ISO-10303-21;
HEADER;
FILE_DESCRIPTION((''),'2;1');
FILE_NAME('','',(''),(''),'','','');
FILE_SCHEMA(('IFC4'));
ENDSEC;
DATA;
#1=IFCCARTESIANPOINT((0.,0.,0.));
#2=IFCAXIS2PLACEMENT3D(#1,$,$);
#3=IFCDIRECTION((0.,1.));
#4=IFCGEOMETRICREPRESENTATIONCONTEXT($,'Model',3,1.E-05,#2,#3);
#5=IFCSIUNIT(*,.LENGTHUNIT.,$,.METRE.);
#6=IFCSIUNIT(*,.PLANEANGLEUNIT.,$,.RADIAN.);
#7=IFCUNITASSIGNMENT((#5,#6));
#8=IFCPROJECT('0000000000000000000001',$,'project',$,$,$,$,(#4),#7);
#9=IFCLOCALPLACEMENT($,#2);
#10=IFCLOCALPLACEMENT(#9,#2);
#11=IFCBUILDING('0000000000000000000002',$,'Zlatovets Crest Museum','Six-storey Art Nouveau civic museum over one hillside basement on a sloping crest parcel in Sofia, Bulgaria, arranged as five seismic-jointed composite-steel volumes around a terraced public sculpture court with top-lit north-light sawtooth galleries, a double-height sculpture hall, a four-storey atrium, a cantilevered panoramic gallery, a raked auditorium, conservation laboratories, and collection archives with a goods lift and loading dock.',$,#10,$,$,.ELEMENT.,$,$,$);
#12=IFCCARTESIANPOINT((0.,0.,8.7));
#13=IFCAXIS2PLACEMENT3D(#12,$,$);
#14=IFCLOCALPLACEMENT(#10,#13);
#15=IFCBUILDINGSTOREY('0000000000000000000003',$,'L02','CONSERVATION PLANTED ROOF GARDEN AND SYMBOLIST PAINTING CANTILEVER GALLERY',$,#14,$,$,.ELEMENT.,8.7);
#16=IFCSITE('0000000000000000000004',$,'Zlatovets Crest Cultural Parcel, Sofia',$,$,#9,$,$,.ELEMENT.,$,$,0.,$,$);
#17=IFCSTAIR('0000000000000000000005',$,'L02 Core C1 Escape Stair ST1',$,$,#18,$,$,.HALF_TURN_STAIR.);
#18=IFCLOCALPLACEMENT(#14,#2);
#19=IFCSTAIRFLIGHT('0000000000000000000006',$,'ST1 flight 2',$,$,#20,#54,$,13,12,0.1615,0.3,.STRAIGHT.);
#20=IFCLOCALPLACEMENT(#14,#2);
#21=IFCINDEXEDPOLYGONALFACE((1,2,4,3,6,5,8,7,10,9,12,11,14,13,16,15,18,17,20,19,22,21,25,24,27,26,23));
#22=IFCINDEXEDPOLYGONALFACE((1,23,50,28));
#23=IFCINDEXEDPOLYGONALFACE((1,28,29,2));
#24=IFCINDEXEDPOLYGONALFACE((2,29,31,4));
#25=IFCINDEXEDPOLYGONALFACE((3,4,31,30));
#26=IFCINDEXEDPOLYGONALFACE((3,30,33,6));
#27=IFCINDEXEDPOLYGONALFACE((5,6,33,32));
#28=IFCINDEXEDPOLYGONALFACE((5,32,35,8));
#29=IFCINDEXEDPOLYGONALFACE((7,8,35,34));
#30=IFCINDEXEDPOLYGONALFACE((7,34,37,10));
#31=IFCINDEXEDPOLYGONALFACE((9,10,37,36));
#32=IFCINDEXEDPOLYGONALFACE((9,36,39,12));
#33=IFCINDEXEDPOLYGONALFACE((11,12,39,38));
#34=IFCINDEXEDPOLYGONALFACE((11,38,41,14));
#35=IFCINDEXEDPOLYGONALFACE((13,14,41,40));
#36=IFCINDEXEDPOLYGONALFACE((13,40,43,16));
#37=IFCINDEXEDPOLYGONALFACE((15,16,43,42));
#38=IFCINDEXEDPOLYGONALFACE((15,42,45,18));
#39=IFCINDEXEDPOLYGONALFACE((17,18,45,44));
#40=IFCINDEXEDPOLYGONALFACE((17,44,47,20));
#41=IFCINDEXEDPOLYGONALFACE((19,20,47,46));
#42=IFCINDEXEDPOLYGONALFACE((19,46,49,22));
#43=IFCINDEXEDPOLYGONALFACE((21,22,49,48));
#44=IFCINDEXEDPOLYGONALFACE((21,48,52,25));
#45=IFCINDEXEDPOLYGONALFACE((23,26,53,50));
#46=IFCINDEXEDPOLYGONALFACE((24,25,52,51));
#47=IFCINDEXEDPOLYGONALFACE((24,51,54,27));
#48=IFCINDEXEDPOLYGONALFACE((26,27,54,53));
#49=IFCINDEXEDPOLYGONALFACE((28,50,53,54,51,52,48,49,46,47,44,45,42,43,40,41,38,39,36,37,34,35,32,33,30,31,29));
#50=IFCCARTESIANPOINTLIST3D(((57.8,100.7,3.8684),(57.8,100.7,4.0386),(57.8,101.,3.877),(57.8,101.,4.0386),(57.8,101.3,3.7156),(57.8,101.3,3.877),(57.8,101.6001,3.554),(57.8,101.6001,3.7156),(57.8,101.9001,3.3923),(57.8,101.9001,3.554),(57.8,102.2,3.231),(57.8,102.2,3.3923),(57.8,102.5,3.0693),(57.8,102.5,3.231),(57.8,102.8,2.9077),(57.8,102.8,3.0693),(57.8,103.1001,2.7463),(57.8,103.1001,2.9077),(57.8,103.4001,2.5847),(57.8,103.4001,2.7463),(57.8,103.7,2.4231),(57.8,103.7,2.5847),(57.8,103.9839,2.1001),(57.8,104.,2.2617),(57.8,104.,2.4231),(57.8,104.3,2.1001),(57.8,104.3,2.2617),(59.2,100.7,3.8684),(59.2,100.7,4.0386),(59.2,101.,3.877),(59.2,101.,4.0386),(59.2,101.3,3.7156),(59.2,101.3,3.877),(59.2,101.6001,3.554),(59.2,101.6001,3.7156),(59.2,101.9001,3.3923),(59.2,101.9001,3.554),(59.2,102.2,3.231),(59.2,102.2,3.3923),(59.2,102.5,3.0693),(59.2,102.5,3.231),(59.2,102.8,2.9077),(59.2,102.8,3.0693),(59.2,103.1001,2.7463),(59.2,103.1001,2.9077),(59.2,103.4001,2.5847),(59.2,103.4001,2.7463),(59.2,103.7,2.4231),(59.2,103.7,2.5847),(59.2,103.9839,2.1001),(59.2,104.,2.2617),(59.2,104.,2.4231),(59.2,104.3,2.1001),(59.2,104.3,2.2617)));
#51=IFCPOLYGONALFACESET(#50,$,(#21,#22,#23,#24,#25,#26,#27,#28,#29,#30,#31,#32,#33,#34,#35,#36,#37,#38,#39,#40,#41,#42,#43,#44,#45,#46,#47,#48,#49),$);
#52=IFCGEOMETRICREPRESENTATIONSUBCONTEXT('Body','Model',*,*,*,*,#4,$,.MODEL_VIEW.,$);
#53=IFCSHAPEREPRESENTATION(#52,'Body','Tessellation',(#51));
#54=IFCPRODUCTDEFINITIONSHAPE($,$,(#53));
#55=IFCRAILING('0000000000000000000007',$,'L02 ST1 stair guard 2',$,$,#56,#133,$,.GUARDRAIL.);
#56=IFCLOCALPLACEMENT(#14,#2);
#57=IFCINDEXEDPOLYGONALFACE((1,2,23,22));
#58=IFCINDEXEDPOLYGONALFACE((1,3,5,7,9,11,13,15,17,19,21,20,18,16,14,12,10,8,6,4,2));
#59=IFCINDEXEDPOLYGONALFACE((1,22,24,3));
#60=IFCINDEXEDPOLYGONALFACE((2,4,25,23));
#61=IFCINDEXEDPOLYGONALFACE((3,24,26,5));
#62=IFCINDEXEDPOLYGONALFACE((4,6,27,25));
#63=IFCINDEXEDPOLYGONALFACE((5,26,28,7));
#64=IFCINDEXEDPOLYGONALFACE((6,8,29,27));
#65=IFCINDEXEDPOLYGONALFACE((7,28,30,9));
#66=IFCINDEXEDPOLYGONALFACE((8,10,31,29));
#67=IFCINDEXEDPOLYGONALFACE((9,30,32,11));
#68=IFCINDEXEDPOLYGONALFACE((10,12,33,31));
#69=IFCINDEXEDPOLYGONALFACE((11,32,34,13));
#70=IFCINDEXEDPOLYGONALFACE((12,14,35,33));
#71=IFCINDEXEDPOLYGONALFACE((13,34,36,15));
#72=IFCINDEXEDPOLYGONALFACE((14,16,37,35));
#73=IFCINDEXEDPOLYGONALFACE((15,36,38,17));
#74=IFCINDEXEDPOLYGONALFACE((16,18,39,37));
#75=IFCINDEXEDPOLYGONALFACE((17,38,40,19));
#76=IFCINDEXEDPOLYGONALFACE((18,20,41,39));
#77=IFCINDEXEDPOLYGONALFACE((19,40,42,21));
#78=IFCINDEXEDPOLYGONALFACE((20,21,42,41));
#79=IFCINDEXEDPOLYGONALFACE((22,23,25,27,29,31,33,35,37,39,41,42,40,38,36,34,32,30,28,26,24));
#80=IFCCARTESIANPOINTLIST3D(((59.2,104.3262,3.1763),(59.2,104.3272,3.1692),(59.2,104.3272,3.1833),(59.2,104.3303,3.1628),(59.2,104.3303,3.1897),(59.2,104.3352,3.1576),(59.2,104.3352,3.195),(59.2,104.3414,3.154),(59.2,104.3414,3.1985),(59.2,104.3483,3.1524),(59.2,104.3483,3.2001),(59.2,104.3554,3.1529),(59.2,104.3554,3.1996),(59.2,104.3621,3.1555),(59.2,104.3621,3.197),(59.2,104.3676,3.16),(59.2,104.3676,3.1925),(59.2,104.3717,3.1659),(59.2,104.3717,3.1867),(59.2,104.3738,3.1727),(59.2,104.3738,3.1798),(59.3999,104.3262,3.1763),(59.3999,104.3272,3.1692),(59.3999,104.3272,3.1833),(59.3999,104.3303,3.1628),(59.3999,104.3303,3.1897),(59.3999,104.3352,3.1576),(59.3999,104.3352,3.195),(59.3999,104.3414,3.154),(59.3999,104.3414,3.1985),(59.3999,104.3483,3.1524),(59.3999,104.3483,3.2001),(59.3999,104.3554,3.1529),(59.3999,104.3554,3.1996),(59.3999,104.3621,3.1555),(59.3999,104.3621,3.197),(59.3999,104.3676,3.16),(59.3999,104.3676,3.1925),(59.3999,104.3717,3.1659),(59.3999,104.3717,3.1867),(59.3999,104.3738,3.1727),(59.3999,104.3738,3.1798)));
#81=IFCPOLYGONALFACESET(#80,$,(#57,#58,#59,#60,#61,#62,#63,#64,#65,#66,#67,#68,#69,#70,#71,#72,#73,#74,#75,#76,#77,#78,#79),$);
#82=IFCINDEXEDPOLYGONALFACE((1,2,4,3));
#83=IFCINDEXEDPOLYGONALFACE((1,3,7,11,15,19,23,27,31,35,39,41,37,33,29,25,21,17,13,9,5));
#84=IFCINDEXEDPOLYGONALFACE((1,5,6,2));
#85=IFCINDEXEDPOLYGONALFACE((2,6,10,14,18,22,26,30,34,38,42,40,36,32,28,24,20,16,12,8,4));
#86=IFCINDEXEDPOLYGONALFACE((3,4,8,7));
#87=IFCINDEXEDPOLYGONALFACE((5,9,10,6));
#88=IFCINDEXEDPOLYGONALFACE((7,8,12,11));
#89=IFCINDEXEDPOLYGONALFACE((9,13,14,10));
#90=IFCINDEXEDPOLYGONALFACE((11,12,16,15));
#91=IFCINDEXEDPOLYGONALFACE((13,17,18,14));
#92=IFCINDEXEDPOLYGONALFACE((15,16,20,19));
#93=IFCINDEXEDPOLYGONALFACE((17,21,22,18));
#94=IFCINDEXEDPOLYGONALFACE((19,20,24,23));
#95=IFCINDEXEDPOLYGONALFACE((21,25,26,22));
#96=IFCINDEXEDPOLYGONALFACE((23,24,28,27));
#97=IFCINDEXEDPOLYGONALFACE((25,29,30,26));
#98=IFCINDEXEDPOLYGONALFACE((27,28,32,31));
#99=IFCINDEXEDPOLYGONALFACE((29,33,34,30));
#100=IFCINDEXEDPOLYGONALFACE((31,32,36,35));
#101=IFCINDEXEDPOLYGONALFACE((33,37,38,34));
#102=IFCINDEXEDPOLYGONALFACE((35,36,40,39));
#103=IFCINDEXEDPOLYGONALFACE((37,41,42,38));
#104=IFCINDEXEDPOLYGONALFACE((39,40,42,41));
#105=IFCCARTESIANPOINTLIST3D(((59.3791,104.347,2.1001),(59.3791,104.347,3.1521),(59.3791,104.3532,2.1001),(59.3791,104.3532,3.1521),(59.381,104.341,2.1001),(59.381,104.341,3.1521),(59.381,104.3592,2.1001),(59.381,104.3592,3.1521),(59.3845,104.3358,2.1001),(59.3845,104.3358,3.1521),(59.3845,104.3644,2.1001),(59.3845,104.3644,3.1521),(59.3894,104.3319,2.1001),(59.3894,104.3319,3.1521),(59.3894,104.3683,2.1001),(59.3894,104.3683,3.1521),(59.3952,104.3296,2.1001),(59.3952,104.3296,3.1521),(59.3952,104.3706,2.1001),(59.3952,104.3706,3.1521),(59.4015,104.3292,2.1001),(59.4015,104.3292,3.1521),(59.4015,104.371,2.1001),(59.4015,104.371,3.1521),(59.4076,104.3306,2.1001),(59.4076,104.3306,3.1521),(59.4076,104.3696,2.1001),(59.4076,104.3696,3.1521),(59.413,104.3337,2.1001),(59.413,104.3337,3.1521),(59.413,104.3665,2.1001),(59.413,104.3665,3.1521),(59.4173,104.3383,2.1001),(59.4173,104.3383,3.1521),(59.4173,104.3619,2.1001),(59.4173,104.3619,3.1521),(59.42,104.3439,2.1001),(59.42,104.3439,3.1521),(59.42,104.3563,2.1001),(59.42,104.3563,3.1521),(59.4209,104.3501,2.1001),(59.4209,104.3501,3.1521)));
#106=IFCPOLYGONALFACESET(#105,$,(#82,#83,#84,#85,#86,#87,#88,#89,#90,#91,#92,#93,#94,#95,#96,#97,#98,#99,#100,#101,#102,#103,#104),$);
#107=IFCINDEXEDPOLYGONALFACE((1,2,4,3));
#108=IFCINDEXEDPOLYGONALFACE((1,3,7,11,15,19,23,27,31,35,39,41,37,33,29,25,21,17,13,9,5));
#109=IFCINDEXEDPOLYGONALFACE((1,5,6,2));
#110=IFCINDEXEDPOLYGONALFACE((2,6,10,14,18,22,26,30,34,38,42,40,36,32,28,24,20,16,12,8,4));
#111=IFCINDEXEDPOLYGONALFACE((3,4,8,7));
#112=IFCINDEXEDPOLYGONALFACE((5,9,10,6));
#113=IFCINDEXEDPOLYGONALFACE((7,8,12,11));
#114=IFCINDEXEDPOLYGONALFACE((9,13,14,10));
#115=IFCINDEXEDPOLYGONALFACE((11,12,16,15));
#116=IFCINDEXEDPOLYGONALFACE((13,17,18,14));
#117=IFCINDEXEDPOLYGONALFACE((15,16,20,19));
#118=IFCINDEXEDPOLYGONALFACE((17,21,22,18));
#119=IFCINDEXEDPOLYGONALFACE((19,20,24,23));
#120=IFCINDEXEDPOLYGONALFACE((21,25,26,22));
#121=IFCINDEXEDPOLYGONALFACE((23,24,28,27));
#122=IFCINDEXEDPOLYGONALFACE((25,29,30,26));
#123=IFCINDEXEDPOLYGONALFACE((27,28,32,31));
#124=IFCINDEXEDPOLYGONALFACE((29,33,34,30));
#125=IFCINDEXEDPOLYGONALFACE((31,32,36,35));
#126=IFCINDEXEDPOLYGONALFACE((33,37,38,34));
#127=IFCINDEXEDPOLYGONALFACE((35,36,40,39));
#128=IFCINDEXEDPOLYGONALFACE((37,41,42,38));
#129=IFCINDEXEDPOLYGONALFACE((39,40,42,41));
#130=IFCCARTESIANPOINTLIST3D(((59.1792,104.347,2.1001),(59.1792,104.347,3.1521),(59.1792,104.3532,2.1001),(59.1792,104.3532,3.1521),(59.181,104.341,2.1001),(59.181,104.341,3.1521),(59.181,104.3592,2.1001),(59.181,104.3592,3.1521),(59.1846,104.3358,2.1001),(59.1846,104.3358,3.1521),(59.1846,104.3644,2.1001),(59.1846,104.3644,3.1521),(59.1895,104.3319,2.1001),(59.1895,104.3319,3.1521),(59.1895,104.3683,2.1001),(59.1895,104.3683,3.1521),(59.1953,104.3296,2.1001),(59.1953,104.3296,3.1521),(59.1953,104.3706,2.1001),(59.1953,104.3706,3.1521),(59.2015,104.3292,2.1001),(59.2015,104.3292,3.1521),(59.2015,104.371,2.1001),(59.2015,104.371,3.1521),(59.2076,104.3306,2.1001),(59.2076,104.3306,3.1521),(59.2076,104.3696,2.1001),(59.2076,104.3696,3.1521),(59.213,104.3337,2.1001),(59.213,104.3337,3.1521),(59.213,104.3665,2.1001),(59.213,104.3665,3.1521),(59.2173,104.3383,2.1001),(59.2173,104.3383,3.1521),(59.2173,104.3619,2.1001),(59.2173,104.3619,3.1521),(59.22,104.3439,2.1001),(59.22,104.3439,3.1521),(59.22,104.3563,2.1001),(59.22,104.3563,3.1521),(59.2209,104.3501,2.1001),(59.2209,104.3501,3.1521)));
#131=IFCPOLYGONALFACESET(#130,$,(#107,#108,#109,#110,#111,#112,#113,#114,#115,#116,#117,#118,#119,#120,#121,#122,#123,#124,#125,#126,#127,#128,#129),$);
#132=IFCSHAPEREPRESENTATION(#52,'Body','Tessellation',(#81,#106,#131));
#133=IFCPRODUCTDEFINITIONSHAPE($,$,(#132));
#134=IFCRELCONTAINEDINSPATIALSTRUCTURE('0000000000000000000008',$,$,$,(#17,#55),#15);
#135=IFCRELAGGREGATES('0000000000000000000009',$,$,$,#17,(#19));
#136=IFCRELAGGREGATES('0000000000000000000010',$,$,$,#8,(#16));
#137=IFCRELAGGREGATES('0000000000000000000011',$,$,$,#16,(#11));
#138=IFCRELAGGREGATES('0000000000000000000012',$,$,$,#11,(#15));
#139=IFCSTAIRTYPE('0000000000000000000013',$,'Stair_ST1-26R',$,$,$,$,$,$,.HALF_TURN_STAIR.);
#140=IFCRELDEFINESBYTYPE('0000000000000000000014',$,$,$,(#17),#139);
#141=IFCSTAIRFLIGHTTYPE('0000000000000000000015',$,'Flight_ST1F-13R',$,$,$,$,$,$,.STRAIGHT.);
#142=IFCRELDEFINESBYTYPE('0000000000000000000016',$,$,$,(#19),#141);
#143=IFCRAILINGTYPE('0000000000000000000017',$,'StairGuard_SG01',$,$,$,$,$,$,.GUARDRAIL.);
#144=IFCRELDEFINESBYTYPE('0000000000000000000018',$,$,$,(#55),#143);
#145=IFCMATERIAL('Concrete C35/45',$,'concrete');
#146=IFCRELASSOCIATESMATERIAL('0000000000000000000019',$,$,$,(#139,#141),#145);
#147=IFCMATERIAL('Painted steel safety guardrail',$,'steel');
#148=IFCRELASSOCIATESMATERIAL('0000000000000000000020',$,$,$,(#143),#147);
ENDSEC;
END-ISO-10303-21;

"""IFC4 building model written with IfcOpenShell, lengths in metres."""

from ifc_helpers import new_model, si_unit, direction, frame, origin, origin_2d, place, context, subcontext, project, spatial, polyline, circle, outline, extrude, material, type_object, element, aggregate, save


model = new_model("IFC4")

# Units and contexts
model_context = context("Model", 3, precision=1e-05, world=origin(), true_north=direction((0.0, 1.0)))
body_context = subcontext(model_context, "Body", "Model", "MODEL_VIEW")
ifc_project = project(units=[si_unit("LENGTHUNIT", "METRE"), si_unit("PLANEANGLEUNIT", "RADIAN")], contexts=[model_context])

# Site, building, storey
site_placement = place(None, origin())
site = spatial("IfcSite", under=ifc_project, at=site_placement, Name="Zlatovets Crest Cultural Parcel, Sofia", CompositionType="ELEMENT", RefElevation=0.0)
building_placement = place(site_placement, origin())
building = spatial("IfcBuilding", under=site, at=building_placement, Name="Zlatovets Crest Museum", Description="Six-storey Art Nouveau civic museum over one hillside basement on a sloping crest parcel in Sofia, Bulgaria, arranged as five seismic-jointed composite-steel volumes around a terraced public sculpture court with top-lit north-light sawtooth galleries, a double-height sculpture hall, a four-storey atrium, a cantilevered panoramic gallery, a raked auditorium, conservation laboratories, and collection archives with a goods lift and loading dock.", CompositionType="ELEMENT")
storey_placement = place(building_placement, frame((0.0, 0.0, 8.7)))
storey = spatial("IfcBuildingStorey", under=building, at=storey_placement, Name="L02", Description="CONSERVATION PLANTED ROOF GARDEN AND SYMBOLIST PAINTING CANTILEVER GALLERY", CompositionType="ELEMENT", Elevation=8.7)

# Stair, stair flight
ifc_material_1 = material(Name="Concrete C35/45", Category="concrete")
stair_type = type_object("IfcStairType", Name="Stair_ST1-26R", PredefinedType="HALF_TURN_STAIR", material=ifc_material_1)
stair_placement = place(storey_placement, origin())
stair = element("IfcStair", 1, at=stair_placement, inside=storey, type_object=stair_type, Name="L02 Core C1 Escape Stair ST1", PredefinedType="HALF_TURN_STAIR")
stair_flight_type = type_object("IfcStairFlightType", Name="Flight_ST1F-13R", PredefinedType="STRAIGHT", material=ifc_material_1)
stair_flight_placement = place(storey_placement, frame((58.5, 104.3, 2.1001), z_axis=(0.0, 0.0, 1.0), x_axis=(0.0, -1.0, 0.0)))
stair_flight = element("IfcStairFlight", 2, at=stair_flight_placement, type_object=stair_flight_type, Name="ST1 flight 2", NumberOfRisers=13, NumberOfTreads=12, PredefinedType="STRAIGHT", RiserHeight=0.1615, TreadLength=0.3, context=body_context, shape_type="SweptSolid", body=[
    extrude(outline(polyline([(0.0, 0.0), (0.0, 0.1616), (0.3, 0.1616), (0.3, 0.323), (0.6001, 0.323), (0.6001, 0.4846), (0.8999, 0.4846), (0.8999, 0.6462), (1.2, 0.6462), (1.2, 0.8076), (1.5, 0.8076), (1.5, 0.9692), (1.8, 0.9692), (1.8, 1.1309), (2.1001, 1.1309), (2.1001, 1.2922), (2.3999, 1.2922), (2.3999, 1.4539), (2.7, 1.4539), (2.7, 1.6155), (3.0, 1.6155), (3.0, 1.7769), (3.3, 1.7769), (3.3, 1.9385), (3.6001, 1.9385), (3.6001, 2.1001), (3.6001, 1.7683), (0.3162, 0.0), (0.0, 0.0)])), frame((0.0, 0.7, 0.0), z_axis=(0.0, -1.0, 0.0), x_axis=(1.0, 0.0, 0.0)), (0.0, 0.0, 1.0), 1.3999),
])
aggregate(stair, [stair_flight])

# Railing
ifc_material_2 = material(Name="Painted steel safety guardrail", Category="steel")
railing_type_1 = type_object("IfcRailingType", Name="StairGuard_SG01", PredefinedType="GUARDRAIL", material=ifc_material_2)
railing_1_placement = place(storey_placement, frame((59.3999, 104.3501, 2.1001)))
element("IfcRailing", 3, at=railing_1_placement, inside=storey, type_object=railing_type_1, Name="L02 ST1 stair guard 2", PredefinedType="GUARDRAIL", context=body_context, shape_type="SweptSolid", body=[
    extrude(circle(Radius=0.0239, at=origin_2d()), frame((0.0, 0.0, 1.0762), z_axis=(-1.0, 0.0, 0.0), x_axis=(0.0, -1.0, 0.0)), (0.0, 0.0, 1.0), 0.2),
    extrude(circle(Radius=0.021, at=origin_2d()), origin(), (0.0, 0.0, 1.0), 1.052),
    extrude(circle(Radius=0.021, at=origin_2d()), frame((-0.2, 0.0, 0.0)), (0.0, 0.0, 1.0), 1.052),
])

save(model, "model.ifc")
